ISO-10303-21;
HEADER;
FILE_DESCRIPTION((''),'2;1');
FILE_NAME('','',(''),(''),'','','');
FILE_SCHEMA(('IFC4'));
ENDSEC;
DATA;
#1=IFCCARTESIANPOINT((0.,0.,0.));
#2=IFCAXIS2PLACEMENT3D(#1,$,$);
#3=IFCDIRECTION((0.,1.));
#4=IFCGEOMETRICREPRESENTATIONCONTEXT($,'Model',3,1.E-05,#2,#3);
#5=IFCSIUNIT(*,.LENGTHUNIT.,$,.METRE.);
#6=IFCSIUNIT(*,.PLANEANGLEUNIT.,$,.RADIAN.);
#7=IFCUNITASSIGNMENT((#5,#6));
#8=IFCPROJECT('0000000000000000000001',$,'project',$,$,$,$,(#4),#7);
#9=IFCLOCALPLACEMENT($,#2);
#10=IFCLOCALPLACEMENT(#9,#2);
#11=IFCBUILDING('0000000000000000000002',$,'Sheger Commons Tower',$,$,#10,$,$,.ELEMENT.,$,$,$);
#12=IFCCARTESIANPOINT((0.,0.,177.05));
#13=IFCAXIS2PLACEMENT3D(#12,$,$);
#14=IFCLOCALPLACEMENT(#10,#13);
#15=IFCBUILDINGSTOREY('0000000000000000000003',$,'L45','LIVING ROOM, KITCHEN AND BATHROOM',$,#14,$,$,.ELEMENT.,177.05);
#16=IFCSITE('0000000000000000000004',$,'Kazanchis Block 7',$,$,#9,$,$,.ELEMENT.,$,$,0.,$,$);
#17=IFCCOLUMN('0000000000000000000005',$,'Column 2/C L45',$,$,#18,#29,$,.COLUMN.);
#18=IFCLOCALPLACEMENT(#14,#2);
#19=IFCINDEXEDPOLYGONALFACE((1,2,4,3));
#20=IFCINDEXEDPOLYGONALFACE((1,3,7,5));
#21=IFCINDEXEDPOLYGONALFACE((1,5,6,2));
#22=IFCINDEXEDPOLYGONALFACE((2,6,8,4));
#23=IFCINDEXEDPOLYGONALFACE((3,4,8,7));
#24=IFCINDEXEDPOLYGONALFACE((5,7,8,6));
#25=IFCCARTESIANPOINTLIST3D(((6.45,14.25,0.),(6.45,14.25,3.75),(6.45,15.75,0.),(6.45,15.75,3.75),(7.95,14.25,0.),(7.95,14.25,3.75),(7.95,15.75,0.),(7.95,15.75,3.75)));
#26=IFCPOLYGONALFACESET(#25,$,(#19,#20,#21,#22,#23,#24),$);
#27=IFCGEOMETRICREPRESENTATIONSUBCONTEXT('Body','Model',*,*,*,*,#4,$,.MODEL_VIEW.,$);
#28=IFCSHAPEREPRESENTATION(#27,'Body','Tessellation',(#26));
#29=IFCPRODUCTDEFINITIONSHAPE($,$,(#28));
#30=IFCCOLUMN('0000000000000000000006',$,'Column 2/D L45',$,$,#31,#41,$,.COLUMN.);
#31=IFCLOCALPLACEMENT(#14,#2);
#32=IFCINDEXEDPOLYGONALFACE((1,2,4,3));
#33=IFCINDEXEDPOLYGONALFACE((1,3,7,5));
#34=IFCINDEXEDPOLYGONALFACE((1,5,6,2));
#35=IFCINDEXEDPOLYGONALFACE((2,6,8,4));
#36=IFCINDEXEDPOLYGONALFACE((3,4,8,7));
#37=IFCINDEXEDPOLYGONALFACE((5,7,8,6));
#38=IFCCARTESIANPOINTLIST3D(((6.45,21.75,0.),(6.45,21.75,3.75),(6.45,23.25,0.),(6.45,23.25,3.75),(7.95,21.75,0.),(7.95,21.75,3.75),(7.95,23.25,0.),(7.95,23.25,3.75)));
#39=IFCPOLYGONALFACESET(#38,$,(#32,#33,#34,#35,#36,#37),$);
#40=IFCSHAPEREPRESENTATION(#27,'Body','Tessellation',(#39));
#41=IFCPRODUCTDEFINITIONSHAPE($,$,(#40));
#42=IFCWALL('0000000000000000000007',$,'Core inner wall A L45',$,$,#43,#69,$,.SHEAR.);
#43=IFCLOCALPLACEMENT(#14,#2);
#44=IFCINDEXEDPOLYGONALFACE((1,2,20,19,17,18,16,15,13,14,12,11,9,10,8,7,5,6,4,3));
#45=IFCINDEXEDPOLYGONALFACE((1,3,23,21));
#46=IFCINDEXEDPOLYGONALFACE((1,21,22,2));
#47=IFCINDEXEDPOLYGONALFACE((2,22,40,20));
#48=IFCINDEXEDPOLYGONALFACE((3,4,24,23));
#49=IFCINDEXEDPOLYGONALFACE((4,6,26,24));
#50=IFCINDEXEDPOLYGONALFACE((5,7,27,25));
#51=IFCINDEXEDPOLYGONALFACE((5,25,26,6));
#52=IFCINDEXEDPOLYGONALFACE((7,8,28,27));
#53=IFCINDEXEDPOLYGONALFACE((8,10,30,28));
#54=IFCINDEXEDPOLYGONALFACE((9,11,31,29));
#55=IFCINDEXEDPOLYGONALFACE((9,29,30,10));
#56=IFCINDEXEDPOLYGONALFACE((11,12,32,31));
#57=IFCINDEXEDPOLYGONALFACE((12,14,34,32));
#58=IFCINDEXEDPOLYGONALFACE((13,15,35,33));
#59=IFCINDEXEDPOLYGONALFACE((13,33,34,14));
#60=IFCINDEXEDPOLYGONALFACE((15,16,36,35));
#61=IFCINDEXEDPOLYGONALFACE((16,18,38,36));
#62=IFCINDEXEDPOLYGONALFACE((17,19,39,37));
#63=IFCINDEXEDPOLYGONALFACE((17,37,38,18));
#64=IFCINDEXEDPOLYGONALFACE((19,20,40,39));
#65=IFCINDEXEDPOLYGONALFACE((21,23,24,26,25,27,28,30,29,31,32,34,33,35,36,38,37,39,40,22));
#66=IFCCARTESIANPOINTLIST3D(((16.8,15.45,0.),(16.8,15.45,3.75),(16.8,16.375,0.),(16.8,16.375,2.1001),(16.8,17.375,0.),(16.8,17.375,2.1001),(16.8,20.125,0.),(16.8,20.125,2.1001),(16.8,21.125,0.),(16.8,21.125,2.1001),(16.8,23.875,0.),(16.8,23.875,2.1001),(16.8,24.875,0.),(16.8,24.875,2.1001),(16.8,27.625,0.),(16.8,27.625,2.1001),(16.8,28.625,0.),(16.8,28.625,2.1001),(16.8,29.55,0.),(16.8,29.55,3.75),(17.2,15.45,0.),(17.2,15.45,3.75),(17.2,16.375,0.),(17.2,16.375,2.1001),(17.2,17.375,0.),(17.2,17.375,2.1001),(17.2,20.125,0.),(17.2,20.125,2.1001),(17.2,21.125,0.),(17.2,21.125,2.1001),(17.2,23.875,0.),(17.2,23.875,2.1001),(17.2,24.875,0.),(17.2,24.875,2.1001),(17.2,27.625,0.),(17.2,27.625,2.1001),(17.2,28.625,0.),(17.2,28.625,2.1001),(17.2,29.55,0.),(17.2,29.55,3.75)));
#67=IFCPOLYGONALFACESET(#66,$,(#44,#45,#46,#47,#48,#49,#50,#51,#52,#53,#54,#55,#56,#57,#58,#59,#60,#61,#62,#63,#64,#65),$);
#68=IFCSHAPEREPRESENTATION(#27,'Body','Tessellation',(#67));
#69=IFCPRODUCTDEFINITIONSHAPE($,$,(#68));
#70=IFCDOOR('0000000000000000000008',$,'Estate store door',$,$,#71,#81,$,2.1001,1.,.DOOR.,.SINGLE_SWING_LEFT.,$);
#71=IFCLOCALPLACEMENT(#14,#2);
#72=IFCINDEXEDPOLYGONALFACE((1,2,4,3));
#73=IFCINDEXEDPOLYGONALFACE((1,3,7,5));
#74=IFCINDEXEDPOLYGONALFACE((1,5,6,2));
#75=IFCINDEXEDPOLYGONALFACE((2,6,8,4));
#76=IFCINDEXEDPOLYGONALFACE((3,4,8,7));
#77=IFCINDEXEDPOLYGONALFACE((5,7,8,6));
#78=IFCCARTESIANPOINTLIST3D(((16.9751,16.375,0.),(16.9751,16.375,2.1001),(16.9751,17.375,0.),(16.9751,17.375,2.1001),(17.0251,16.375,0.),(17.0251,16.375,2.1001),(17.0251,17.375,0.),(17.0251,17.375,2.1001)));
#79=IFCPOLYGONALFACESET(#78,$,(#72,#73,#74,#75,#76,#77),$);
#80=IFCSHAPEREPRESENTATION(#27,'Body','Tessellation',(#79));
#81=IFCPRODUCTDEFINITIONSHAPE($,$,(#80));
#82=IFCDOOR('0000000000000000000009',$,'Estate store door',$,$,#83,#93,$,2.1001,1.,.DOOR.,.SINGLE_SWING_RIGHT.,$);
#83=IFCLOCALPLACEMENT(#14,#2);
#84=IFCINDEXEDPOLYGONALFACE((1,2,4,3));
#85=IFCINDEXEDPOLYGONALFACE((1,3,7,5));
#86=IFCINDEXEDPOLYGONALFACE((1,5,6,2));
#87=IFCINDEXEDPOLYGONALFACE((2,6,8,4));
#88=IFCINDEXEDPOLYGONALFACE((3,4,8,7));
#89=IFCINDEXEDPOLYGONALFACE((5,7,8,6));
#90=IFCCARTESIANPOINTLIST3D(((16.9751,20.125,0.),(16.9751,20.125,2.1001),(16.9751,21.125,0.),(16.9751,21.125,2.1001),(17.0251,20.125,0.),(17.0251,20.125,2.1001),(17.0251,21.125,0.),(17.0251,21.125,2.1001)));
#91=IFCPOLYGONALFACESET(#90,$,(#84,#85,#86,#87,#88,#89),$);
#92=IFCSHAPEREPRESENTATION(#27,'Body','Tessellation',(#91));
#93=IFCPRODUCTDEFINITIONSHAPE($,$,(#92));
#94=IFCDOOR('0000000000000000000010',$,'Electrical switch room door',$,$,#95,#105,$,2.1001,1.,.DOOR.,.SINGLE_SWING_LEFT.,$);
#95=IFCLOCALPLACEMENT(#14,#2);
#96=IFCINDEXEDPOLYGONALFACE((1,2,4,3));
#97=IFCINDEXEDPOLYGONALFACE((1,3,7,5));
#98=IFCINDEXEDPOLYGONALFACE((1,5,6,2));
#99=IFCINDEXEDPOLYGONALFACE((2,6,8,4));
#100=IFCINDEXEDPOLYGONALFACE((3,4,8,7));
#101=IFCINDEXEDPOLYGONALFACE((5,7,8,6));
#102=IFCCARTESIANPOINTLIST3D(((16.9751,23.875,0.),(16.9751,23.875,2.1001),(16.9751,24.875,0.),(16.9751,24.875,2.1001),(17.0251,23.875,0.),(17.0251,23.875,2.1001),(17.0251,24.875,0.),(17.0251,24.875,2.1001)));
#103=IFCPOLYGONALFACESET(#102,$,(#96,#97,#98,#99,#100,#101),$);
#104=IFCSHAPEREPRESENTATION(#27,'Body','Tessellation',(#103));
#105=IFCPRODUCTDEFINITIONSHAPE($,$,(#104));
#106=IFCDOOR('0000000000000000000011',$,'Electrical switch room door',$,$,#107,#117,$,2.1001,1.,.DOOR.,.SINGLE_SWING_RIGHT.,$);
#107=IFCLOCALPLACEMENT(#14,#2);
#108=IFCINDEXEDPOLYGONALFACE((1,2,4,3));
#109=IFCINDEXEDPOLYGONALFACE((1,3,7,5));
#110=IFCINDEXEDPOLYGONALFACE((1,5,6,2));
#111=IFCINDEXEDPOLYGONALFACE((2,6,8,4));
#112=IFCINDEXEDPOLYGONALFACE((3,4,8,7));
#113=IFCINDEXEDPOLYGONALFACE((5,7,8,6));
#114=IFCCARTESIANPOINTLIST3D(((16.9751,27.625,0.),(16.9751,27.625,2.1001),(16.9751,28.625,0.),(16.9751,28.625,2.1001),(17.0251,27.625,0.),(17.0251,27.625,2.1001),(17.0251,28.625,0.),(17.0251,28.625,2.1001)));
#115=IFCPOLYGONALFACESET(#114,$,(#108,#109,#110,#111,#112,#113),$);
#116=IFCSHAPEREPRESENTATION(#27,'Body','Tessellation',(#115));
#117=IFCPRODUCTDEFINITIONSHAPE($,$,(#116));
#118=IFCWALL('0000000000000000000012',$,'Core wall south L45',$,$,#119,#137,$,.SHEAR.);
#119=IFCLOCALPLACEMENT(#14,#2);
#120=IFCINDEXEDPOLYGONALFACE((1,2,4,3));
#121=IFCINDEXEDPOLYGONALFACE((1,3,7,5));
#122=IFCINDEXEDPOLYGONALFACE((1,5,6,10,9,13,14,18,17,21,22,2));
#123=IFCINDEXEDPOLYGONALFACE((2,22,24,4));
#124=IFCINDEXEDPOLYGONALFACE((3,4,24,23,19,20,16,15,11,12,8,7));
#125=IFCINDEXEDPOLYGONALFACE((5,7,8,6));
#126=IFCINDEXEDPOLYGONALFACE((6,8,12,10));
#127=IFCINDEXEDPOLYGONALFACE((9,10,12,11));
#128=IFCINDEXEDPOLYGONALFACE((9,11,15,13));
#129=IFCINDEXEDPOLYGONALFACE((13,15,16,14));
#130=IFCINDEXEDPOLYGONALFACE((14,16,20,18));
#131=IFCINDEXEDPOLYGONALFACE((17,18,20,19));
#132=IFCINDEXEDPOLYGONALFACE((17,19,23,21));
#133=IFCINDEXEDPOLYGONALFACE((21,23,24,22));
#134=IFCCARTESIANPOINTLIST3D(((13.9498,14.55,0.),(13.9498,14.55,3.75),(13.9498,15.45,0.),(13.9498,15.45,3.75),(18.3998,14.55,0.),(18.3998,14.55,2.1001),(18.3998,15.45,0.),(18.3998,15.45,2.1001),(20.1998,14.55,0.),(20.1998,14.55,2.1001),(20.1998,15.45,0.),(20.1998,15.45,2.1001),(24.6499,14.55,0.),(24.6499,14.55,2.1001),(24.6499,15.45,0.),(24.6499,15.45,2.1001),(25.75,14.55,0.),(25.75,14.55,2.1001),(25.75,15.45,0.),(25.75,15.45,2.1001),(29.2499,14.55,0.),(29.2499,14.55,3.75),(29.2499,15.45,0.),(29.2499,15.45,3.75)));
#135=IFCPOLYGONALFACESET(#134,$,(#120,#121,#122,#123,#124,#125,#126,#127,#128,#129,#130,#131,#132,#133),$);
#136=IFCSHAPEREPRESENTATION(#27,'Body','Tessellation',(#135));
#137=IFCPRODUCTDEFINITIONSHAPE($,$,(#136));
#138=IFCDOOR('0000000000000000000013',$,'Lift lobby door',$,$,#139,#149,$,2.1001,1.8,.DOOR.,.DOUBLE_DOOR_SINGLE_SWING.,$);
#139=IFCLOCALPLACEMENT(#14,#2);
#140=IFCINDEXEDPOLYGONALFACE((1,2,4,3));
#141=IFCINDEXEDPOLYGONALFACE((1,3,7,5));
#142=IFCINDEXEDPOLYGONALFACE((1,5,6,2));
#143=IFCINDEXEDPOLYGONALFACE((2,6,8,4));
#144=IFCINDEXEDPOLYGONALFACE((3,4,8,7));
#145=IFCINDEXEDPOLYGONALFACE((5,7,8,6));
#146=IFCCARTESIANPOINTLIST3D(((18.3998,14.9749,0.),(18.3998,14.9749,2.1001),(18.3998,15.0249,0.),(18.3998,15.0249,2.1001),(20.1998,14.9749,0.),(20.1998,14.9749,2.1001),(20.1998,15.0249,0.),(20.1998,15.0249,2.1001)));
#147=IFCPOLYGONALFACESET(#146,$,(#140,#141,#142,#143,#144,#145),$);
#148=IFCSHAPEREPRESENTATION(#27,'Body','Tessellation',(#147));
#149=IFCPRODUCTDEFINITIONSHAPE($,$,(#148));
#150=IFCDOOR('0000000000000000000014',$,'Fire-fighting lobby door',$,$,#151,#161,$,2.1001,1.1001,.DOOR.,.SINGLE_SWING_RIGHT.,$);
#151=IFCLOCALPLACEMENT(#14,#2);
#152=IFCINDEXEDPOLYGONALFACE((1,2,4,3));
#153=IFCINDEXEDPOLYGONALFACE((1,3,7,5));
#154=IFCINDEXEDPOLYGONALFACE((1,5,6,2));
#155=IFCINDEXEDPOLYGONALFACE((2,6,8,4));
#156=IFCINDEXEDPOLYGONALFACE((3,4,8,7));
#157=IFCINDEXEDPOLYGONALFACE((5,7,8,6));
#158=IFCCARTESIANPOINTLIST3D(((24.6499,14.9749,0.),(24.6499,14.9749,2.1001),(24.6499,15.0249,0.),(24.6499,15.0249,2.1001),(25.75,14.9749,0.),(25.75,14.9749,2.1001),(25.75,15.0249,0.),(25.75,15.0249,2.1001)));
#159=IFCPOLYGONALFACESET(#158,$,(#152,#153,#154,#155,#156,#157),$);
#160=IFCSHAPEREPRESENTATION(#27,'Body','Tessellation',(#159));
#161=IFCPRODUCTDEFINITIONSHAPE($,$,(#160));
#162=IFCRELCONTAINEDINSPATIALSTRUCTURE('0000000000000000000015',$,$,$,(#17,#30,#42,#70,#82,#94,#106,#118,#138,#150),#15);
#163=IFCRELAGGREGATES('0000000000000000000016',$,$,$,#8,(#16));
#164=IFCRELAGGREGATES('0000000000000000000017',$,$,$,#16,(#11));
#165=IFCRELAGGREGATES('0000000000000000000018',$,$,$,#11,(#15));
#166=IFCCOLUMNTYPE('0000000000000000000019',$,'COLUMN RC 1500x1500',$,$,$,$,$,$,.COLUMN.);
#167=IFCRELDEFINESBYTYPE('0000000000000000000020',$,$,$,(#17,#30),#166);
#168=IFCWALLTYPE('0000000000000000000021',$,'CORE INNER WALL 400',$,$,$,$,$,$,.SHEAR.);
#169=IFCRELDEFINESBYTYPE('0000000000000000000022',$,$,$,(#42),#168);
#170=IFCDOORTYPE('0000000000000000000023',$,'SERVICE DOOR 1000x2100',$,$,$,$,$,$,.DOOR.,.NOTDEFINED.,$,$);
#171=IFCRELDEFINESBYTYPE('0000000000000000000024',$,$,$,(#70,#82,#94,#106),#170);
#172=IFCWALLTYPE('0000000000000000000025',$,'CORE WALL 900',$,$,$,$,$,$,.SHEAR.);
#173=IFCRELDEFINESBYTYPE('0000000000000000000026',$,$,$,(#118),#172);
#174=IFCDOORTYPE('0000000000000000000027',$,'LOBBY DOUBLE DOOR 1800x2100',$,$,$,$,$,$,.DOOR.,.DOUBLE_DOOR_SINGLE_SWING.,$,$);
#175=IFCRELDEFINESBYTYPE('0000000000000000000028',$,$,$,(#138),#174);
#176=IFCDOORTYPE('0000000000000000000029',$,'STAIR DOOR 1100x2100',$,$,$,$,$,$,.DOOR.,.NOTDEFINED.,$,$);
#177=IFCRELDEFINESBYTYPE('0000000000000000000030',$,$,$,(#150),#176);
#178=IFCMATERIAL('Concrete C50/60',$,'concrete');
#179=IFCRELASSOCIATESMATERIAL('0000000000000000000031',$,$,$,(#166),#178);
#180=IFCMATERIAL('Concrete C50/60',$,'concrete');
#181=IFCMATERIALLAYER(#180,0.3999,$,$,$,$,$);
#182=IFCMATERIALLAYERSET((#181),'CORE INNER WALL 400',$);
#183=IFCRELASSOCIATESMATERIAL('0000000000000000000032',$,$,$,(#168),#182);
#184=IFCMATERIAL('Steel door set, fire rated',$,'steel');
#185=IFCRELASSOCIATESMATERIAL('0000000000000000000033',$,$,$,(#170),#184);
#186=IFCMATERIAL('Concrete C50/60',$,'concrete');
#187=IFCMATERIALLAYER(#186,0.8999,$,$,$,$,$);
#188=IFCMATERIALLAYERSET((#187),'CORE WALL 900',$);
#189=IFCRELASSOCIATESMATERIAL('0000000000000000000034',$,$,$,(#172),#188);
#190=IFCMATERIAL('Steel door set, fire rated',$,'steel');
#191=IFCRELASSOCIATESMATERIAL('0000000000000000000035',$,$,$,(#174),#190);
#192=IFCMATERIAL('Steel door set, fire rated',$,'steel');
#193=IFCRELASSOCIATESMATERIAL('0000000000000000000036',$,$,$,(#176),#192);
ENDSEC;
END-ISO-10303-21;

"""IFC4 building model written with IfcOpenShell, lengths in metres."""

from ifc_helpers import new_model, si_unit, direction, frame, frame_2d, origin, origin_2d, place, context, subcontext, project, spatial, rectangle, extrude, material, layer, layer_set, material_profile, profile_set, type_object, element, fill, save


model = new_model("IFC4")

# Units and contexts
model_context = context("Model", 3, precision=1e-05, world=origin(), true_north=direction((0.0, 1.0)))
body_context = subcontext(model_context, "Body", "Model", "MODEL_VIEW")
ifc_project = project(units=[si_unit("LENGTHUNIT", "METRE"), si_unit("PLANEANGLEUNIT", "RADIAN")], contexts=[model_context])

# Site, building, storey
site_placement = place(None, origin())
site = spatial("IfcSite", under=ifc_project, at=site_placement, Name="Kazanchis Block 7", CompositionType="ELEMENT", RefElevation=0.0)
building_placement = place(site_placement, origin())
building = spatial("IfcBuilding", under=site, at=building_placement, Name="Sheger Commons Tower", CompositionType="ELEMENT")
storey_placement = place(building_placement, frame((0.0, 0.0, 177.05)))
storey = spatial("IfcBuildingStorey", under=building, at=storey_placement, Name="L45", Description="LIVING ROOM, KITCHEN AND BATHROOM", CompositionType="ELEMENT", Elevation=177.05)

# Columns
ifc_material_1 = material(Name="Concrete C50/60", Category="concrete")
ifc_material_profile = material_profile(ifc_material_1, rectangle(XDim=1.5, YDim=1.5, at=origin_2d()), Name="RC 1500x1500")
ifc_profile_set = profile_set([ifc_material_profile], Name="Concrete C50/60")
column_type = type_object("IfcColumnType", Name="COLUMN RC 1500x1500", PredefinedType="COLUMN", material=ifc_profile_set)
for number, where, z_axis, x_axis, name in (
    (1, (7.2, 15.0, 0.0), (0.0, 0.0, 1.0), (1.0, 0.0, 0.0), "Column 2/C L45"),
    (2, (7.2, 22.5, 0.0), (0.0, 0.0, 1.0), (1.0, 0.0, 0.0), "Column 2/D L45"),
):
    element("IfcColumn", number, at=place(storey_placement, frame(where, z_axis=z_axis, x_axis=x_axis)), inside=storey, type_object=column_type, Name=name, PredefinedType="COLUMN", context=body_context, shape_type="SweptSolid", body=[
        extrude(rectangle(XDim=1.5, YDim=1.5, at=origin_2d()), origin(), (0.0, 0.0, 1.0), 3.75),
    ])

# Walls, openings, doors
ifc_material_2 = material(Name="Concrete C50/60", Category="concrete")
ifc_layer_1 = layer(ifc_material_2, 0.3999)
ifc_layer_set_1 = layer_set([ifc_layer_1], Name="CORE INNER WALL 400")
wall_type_1 = type_object("IfcWallType", Name="CORE INNER WALL 400", PredefinedType="SHEAR", material=ifc_layer_set_1)
wall_1_placement = place(storey_placement, frame((17.0, 15.45, 0.0), z_axis=(0.0, 0.0, 1.0), x_axis=(0.0, 1.0, 0.0)))
wall_1 = element("IfcWall", 3, at=wall_1_placement, inside=storey, type_object=wall_type_1, Name="Core inner wall A L45", PredefinedType="SHEAR", context=body_context, shape_type="SweptSolid", body=[
    extrude(rectangle(XDim=14.1001, YDim=0.3999, at=frame_2d((7.05, 0.0))), origin(), (0.0, 0.0, 1.0), 3.75),
])
opening_1_placement = place(wall_1_placement, frame((0.925, 0.0, 0.0)))
opening_1 = element("IfcOpeningElement", 4, at=opening_1_placement, cuts=wall_1, PredefinedType="OPENING", context=body_context, shape_type="SweptSolid", body=[
    extrude(rectangle(XDim=1.0, YDim=2.1001, at=frame_2d((0.5, 1.05))), frame((0.0, 0.21, 0.0), z_axis=(0.0, -1.0, 0.0), x_axis=(1.0, 0.0, 0.0)), (0.0, 0.0, 1.0), 0.4199),
])
opening_2_placement = place(wall_1_placement, frame((4.675, 0.0, 0.0)))
opening_2 = element("IfcOpeningElement", 5, at=opening_2_placement, cuts=wall_1, PredefinedType="OPENING", context=body_context, shape_type="SweptSolid", body=[
    extrude(rectangle(XDim=1.0, YDim=2.1001, at=frame_2d((0.5, 1.05))), frame((0.0, 0.21, 0.0), z_axis=(0.0, -1.0, 0.0), x_axis=(1.0, 0.0, 0.0)), (0.0, 0.0, 1.0), 0.4199),
])
opening_3_placement = place(wall_1_placement, frame((8.425, 0.0, 0.0)))
opening_3 = element("IfcOpeningElement", 6, at=opening_3_placement, cuts=wall_1, PredefinedType="OPENING", context=body_context, shape_type="SweptSolid", body=[
    extrude(rectangle(XDim=1.0, YDim=2.1001, at=frame_2d((0.5, 1.05))), frame((0.0, 0.21, 0.0), z_axis=(0.0, -1.0, 0.0), x_axis=(1.0, 0.0, 0.0)), (0.0, 0.0, 1.0), 0.4199),
])
opening_4_placement = place(wall_1_placement, frame((12.175, 0.0, 0.0)))
opening_4 = element("IfcOpeningElement", 7, at=opening_4_placement, cuts=wall_1, PredefinedType="OPENING", context=body_context, shape_type="SweptSolid", body=[
    extrude(rectangle(XDim=1.0, YDim=2.1001, at=frame_2d((0.5, 1.05))), frame((0.0, 0.21, 0.0), z_axis=(0.0, -1.0, 0.0), x_axis=(1.0, 0.0, 0.0)), (0.0, 0.0, 1.0), 0.4199),
])
ifc_material_3 = material(Name="Steel door set, fire rated", Category="steel")
door_type_1 = type_object("IfcDoorType", Name="SERVICE DOOR 1000x2100", OperationType="NOTDEFINED", PredefinedType="DOOR", material=ifc_material_3)
door_1_placement = place(opening_1_placement, origin())
door_1 = element("IfcDoor", 8, at=door_1_placement, inside=storey, type_object=door_type_1, Name="Estate store door", OperationType="SINGLE_SWING_LEFT", OverallHeight=2.1001, OverallWidth=1.0, PredefinedType="DOOR", context=body_context, shape_type="SweptSolid", body=[
    extrude(rectangle(XDim=1.0, YDim=2.1001, at=frame_2d((0.5, 1.05))), frame((0.0, 0.0249, 0.0), z_axis=(0.0, -1.0, 0.0), x_axis=(1.0, 0.0, 0.0)), (0.0, 0.0, 1.0), 0.05),
])
fill(opening_1, door_1)
door_2_placement = place(opening_2_placement, origin())
door_2 = element("IfcDoor", 9, at=door_2_placement, inside=storey, type_object=door_type_1, Name="Estate store door", OperationType="SINGLE_SWING_RIGHT", OverallHeight=2.1001, OverallWidth=1.0, PredefinedType="DOOR", context=body_context, shape_type="SweptSolid", body=[
    extrude(rectangle(XDim=1.0, YDim=2.1001, at=frame_2d((0.5, 1.05))), frame((0.0, 0.0249, 0.0), z_axis=(0.0, -1.0, 0.0), x_axis=(1.0, 0.0, 0.0)), (0.0, 0.0, 1.0), 0.05),
])
fill(opening_2, door_2)
door_3_placement = place(opening_3_placement, origin())
door_3 = element("IfcDoor", 10, at=door_3_placement, inside=storey, type_object=door_type_1, Name="Electrical switch room door", OperationType="SINGLE_SWING_LEFT", OverallHeight=2.1001, OverallWidth=1.0, PredefinedType="DOOR", context=body_context, shape_type="SweptSolid", body=[
    extrude(rectangle(XDim=1.0, YDim=2.1001, at=frame_2d((0.5, 1.05))), frame((0.0, 0.0249, 0.0), z_axis=(0.0, -1.0, 0.0), x_axis=(1.0, 0.0, 0.0)), (0.0, 0.0, 1.0), 0.05),
])
fill(opening_3, door_3)
door_4_placement = place(opening_4_placement, origin())
door_4 = element("IfcDoor", 11, at=door_4_placement, inside=storey, type_object=door_type_1, Name="Electrical switch room door", OperationType="SINGLE_SWING_RIGHT", OverallHeight=2.1001, OverallWidth=1.0, PredefinedType="DOOR", context=body_context, shape_type="SweptSolid", body=[
    extrude(rectangle(XDim=1.0, YDim=2.1001, at=frame_2d((0.5, 1.05))), frame((0.0, 0.0249, 0.0), z_axis=(0.0, -1.0, 0.0), x_axis=(1.0, 0.0, 0.0)), (0.0, 0.0, 1.0), 0.05),
])
fill(opening_4, door_4)
ifc_material_4 = material(Name="Concrete C50/60", Category="concrete")
ifc_layer_2 = layer(ifc_material_4, 0.8999)
ifc_layer_set_2 = layer_set([ifc_layer_2], Name="CORE WALL 900")
wall_type_2 = type_object("IfcWallType", Name="CORE WALL 900", PredefinedType="SHEAR", material=ifc_layer_set_2)
wall_2_placement = place(storey_placement, frame((13.95, 15.0, 0.0), z_axis=(0.0, 0.0, 1.0), x_axis=(1.0, 0.0, 0.0)))
wall_2 = element("IfcWall", 12, at=wall_2_placement, inside=storey, type_object=wall_type_2, Name="Core wall south L45", PredefinedType="SHEAR", context=body_context, shape_type="SweptSolid", body=[
    extrude(rectangle(XDim=15.3, YDim=0.8999, at=frame_2d((7.6499, 0.0))), origin(), (0.0, 0.0, 1.0), 3.75),
])
opening_5_placement = place(wall_2_placement, frame((4.45, 0.0, 0.0)))
opening_5 = element("IfcOpeningElement", 13, at=opening_5_placement, cuts=wall_2, PredefinedType="OPENING", context=body_context, shape_type="SweptSolid", body=[
    extrude(rectangle(XDim=1.8, YDim=2.1001, at=frame_2d((0.8999, 1.05))), frame((0.0, 0.46, 0.0), z_axis=(0.0, -1.0, 0.0), x_axis=(1.0, 0.0, 0.0)), (0.0, 0.0, 1.0), 0.9199),
])
opening_6_placement = place(wall_2_placement, frame((10.7, 0.0, 0.0)))
opening_6 = element("IfcOpeningElement", 14, at=opening_6_placement, cuts=wall_2, PredefinedType="OPENING", context=body_context, shape_type="SweptSolid", body=[
    extrude(rectangle(XDim=1.1001, YDim=2.1001, at=frame_2d((0.55, 1.05))), frame((0.0, 0.46, 0.0), z_axis=(0.0, -1.0, 0.0), x_axis=(1.0, 0.0, 0.0)), (0.0, 0.0, 1.0), 0.9199),
])
ifc_material_5 = material(Name="Steel door set, fire rated", Category="steel")
door_type_2 = type_object("IfcDoorType", Name="LOBBY DOUBLE DOOR 1800x2100", OperationType="DOUBLE_DOOR_SINGLE_SWING", PredefinedType="DOOR", material=ifc_material_5)
door_5_placement = place(opening_5_placement, origin())
door_5 = element("IfcDoor", 15, at=door_5_placement, inside=storey, type_object=door_type_2, Name="Lift lobby door", OperationType="DOUBLE_DOOR_SINGLE_SWING", OverallHeight=2.1001, OverallWidth=1.8, PredefinedType="DOOR", context=body_context, shape_type="SweptSolid", body=[
    extrude(rectangle(XDim=1.8, YDim=2.1001, at=frame_2d((0.8999, 1.05))), frame((0.0, 0.0249, 0.0), z_axis=(0.0, -1.0, 0.0), x_axis=(1.0, 0.0, 0.0)), (0.0, 0.0, 1.0), 0.05),
])
fill(opening_5, door_5)
ifc_material_6 = material(Name="Steel door set, fire rated", Category="steel")
door_type_3 = type_object("IfcDoorType", Name="STAIR DOOR 1100x2100", OperationType="NOTDEFINED", PredefinedType="DOOR", material=ifc_material_6)
door_6_placement = place(opening_6_placement, origin())
door_6 = element("IfcDoor", 16, at=door_6_placement, inside=storey, type_object=door_type_3, Name="Fire-fighting lobby door", OperationType="SINGLE_SWING_RIGHT", OverallHeight=2.1001, OverallWidth=1.1001, PredefinedType="DOOR", context=body_context, shape_type="SweptSolid", body=[
    extrude(rectangle(XDim=1.1001, YDim=2.1001, at=frame_2d((0.55, 1.05))), frame((0.0, 0.0249, 0.0), z_axis=(0.0, -1.0, 0.0), x_axis=(1.0, 0.0, 0.0)), (0.0, 0.0, 1.0), 0.05),
])
fill(opening_6, door_6)

save(model, "model.ifc")
